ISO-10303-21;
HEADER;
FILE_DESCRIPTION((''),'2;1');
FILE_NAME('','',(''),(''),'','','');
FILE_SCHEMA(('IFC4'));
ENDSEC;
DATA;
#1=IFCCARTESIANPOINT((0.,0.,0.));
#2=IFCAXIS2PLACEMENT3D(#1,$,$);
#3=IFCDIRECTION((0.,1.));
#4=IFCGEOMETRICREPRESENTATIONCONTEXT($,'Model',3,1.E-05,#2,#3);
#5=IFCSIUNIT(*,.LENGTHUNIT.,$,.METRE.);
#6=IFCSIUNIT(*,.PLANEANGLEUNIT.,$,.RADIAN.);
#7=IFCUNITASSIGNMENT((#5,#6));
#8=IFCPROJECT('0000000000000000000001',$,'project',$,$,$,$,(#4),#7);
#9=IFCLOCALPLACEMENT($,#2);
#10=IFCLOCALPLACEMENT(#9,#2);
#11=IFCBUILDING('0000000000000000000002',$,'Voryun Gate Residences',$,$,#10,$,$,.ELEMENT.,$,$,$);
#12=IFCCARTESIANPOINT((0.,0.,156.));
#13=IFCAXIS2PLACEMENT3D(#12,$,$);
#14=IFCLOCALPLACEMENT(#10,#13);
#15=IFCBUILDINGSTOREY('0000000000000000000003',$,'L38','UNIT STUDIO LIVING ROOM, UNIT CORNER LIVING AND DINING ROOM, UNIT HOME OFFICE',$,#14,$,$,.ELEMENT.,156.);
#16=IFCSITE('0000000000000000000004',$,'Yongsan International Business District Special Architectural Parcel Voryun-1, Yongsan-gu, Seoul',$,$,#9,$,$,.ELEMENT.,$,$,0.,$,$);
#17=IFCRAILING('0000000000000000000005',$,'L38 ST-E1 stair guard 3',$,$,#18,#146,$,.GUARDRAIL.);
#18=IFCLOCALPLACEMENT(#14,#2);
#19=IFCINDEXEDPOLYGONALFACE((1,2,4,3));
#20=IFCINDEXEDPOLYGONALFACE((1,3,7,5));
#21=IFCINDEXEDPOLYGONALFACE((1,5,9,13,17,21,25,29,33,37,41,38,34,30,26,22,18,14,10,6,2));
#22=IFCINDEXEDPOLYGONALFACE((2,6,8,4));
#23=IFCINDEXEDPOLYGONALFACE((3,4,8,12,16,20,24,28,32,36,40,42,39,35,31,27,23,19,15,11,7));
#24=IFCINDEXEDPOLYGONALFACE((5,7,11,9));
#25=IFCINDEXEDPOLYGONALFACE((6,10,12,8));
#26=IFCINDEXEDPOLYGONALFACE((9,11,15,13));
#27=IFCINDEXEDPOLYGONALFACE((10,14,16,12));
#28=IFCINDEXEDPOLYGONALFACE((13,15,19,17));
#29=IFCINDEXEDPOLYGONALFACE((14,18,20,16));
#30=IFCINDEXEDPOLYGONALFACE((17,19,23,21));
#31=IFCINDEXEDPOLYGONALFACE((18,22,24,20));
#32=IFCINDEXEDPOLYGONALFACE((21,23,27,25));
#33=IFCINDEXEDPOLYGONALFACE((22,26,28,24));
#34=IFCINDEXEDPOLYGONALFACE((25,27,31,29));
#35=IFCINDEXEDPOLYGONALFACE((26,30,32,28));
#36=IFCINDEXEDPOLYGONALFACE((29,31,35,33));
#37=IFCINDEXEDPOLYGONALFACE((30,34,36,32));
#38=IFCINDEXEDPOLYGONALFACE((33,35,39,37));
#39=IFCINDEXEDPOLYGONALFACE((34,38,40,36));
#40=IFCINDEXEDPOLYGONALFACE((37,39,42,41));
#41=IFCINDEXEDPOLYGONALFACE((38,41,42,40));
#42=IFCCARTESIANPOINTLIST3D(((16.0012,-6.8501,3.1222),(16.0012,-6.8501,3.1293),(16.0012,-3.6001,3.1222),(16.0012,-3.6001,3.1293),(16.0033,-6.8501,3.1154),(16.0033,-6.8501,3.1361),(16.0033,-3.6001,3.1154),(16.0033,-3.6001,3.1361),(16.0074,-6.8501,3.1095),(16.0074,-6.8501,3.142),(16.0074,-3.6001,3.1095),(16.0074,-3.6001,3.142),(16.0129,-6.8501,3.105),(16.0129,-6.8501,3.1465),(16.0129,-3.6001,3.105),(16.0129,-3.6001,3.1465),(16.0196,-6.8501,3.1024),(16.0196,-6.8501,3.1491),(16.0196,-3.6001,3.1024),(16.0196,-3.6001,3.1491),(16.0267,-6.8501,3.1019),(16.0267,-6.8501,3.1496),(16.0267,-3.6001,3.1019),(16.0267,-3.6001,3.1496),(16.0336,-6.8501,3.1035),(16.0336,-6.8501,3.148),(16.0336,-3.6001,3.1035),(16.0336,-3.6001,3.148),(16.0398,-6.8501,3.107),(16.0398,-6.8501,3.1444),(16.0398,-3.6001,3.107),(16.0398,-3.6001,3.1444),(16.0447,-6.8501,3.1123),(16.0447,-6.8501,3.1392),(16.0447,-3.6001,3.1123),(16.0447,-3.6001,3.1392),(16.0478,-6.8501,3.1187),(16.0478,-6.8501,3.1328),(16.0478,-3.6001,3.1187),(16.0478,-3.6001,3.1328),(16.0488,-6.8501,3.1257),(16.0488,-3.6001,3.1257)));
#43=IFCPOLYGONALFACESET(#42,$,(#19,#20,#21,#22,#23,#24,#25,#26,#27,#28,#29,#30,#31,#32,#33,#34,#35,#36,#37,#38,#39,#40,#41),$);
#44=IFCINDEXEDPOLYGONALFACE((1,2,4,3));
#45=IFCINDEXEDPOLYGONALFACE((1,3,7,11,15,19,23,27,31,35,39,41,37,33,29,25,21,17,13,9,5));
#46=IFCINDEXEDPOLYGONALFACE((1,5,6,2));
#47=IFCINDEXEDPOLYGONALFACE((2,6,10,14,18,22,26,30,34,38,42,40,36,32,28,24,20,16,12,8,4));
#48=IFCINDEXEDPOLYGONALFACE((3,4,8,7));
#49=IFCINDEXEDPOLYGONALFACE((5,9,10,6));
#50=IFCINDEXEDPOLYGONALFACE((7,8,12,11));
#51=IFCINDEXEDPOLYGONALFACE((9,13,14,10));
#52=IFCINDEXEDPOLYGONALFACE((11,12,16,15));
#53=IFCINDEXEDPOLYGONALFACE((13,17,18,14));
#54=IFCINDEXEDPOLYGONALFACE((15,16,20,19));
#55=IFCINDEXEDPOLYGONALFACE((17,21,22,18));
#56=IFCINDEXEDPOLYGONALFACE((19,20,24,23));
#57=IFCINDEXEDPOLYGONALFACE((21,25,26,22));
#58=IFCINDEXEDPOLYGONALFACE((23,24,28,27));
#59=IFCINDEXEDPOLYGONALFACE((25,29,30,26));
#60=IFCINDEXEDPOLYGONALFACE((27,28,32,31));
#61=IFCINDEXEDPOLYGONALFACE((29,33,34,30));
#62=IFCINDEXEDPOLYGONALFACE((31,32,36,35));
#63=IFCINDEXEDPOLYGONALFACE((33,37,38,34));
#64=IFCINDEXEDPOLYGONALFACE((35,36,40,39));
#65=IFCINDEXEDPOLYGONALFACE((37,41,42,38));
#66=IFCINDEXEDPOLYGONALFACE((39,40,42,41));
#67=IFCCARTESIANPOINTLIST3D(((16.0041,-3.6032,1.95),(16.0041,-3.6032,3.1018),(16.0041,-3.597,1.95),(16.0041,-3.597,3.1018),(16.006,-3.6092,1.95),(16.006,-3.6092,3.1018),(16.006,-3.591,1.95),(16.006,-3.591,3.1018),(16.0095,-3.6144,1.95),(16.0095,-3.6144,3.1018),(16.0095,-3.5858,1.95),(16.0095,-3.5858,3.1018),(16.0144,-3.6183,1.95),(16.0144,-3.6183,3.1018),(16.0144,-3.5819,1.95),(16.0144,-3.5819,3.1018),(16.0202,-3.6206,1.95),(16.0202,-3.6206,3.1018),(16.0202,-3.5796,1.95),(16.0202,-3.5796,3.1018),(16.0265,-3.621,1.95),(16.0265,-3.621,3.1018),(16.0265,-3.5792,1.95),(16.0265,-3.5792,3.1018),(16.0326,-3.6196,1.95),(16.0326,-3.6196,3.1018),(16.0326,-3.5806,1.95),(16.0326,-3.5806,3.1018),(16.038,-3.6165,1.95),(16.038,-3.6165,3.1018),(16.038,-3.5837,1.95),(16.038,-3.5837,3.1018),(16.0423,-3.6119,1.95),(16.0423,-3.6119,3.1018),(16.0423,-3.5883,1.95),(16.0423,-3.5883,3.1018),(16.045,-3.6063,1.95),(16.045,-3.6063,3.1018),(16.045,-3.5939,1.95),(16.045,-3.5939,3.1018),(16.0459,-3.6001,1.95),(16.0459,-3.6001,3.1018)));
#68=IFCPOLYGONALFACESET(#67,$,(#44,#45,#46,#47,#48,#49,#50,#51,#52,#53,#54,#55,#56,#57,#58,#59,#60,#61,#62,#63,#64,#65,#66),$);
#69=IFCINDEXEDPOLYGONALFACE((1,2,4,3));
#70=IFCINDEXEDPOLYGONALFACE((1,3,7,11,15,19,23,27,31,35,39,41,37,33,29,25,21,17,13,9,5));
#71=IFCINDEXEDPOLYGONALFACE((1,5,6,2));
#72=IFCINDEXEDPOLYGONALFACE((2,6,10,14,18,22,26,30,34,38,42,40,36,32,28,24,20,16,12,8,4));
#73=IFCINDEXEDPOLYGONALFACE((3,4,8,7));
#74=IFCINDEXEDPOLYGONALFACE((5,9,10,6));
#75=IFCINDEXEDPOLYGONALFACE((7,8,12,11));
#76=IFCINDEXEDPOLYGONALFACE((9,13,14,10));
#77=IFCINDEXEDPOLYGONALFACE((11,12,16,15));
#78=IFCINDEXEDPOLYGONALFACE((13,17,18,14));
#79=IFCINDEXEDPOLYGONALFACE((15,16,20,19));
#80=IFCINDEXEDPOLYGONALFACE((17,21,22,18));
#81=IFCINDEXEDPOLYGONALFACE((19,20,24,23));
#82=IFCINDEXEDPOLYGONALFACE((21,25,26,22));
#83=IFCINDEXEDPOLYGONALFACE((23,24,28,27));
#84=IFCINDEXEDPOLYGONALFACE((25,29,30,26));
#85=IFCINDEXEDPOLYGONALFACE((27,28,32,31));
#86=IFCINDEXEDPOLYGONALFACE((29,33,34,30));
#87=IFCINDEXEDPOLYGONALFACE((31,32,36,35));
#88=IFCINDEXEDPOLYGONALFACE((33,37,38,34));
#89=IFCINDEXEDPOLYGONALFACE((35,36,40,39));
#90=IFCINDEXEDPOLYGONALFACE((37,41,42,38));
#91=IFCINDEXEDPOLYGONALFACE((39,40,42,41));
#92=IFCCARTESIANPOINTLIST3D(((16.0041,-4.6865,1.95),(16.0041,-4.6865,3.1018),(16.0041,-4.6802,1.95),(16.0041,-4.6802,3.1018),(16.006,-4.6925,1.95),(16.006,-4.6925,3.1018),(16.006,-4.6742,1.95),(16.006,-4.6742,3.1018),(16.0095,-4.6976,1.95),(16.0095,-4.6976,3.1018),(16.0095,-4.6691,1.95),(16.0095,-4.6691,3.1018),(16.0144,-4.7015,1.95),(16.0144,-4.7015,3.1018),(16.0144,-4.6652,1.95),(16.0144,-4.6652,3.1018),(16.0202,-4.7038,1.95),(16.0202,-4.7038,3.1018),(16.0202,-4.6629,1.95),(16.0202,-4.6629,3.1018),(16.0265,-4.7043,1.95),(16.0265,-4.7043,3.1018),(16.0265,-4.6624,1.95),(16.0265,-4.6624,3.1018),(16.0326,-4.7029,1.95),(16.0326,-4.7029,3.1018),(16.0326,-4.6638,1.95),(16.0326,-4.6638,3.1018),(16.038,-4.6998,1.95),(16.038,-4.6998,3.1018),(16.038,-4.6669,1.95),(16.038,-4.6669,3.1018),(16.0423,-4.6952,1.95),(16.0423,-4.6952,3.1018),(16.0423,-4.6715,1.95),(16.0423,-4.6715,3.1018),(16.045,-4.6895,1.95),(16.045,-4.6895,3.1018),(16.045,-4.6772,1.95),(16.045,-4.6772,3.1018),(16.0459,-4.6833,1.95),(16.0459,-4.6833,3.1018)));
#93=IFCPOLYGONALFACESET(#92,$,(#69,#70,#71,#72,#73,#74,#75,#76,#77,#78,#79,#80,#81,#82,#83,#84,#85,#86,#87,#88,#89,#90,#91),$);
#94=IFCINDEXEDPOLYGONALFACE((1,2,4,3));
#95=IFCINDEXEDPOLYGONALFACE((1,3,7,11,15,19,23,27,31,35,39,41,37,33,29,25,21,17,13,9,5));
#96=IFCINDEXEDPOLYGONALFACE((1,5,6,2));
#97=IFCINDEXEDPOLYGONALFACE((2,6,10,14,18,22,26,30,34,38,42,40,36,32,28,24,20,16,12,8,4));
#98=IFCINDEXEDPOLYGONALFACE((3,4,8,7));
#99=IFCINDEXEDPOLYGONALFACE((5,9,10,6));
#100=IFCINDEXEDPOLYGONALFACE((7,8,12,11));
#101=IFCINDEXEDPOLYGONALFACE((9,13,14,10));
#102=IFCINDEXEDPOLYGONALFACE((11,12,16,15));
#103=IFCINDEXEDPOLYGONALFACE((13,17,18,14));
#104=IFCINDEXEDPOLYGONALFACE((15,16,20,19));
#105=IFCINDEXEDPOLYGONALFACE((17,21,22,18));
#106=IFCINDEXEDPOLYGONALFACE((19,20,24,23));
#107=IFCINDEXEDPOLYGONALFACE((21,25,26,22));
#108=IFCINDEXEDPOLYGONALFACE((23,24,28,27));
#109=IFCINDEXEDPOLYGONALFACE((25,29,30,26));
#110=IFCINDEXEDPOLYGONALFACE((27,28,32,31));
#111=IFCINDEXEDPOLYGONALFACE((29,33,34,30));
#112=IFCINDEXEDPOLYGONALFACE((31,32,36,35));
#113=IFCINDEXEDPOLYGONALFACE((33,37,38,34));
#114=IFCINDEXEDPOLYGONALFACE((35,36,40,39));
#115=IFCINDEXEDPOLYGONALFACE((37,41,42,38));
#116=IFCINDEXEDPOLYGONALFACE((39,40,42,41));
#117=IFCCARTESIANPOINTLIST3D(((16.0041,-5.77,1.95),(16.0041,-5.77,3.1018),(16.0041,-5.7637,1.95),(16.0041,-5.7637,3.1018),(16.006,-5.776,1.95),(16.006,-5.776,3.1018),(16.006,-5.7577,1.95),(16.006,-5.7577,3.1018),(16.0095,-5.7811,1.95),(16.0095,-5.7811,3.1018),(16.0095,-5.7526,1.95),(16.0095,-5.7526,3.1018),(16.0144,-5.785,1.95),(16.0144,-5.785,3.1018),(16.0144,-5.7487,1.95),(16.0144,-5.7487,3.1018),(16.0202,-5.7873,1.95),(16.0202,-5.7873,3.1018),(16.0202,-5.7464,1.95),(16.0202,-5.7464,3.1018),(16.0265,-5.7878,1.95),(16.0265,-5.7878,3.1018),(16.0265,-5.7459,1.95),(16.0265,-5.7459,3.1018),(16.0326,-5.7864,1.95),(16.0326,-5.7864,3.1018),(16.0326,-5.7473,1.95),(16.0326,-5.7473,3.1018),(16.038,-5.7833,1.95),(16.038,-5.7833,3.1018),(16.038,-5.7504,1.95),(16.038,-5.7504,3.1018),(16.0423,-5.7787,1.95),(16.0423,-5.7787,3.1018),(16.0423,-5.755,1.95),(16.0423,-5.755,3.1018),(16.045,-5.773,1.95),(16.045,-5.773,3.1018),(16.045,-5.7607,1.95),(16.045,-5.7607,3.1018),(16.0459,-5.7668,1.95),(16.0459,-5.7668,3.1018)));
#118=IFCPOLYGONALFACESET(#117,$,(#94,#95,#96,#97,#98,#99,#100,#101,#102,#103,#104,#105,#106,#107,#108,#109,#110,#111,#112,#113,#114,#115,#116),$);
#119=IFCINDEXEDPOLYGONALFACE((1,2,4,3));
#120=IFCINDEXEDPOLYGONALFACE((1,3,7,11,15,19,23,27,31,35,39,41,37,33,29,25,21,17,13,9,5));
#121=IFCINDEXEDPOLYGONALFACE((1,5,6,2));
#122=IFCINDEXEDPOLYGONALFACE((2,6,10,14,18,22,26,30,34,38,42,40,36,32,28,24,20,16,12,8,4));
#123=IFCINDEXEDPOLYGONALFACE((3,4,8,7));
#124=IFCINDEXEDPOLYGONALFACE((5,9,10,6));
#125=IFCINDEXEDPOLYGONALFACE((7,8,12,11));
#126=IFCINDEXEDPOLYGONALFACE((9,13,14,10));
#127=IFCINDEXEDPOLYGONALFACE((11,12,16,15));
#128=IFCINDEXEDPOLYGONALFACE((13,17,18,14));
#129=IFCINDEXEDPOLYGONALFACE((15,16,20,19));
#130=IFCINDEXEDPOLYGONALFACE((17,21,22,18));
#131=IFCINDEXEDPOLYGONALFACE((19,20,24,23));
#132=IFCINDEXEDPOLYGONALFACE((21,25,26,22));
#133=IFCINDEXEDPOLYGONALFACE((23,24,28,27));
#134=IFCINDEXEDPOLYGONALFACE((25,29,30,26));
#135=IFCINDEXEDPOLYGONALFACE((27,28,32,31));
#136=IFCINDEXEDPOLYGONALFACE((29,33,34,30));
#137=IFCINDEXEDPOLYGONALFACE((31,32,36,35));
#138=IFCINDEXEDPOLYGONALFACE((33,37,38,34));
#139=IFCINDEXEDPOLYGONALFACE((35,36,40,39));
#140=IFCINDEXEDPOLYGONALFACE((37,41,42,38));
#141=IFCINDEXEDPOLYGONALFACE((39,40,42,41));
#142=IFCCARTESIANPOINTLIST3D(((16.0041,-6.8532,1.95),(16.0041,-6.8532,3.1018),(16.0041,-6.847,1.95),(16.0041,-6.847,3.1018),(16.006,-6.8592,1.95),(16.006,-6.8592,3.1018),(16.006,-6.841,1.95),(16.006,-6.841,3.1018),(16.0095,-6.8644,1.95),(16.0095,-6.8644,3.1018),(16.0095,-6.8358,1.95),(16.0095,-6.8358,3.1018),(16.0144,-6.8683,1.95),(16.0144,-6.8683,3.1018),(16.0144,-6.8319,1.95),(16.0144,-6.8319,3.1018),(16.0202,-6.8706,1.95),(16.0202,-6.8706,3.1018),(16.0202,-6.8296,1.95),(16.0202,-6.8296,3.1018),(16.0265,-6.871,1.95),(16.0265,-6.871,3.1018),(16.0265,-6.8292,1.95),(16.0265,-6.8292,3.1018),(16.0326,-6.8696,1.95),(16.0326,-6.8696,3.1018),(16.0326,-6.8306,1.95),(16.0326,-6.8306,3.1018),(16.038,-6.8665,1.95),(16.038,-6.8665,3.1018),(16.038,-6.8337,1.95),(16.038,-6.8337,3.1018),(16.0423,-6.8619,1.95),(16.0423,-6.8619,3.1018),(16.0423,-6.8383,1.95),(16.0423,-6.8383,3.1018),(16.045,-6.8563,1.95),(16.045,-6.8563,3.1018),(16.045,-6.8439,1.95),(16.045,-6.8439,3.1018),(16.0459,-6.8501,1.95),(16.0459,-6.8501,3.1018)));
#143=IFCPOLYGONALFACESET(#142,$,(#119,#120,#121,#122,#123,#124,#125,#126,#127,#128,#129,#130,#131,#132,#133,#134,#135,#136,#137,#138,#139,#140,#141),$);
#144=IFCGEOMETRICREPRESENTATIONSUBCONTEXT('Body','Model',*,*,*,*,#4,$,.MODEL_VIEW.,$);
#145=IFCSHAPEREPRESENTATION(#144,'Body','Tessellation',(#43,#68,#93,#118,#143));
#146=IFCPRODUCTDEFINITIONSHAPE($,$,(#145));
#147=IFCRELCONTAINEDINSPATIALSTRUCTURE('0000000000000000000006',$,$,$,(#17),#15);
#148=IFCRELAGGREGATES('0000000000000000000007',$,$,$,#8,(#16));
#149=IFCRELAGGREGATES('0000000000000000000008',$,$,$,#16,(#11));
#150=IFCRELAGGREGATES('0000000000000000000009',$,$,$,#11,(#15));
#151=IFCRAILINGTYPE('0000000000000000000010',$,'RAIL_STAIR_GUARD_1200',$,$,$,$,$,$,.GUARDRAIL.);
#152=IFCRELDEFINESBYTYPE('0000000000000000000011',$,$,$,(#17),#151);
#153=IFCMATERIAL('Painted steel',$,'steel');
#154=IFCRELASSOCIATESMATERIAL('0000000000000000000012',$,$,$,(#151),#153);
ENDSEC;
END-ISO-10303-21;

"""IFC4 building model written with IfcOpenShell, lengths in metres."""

from ifc_helpers import new_model, si_unit, direction, frame, origin, origin_2d, place, context, subcontext, project, spatial, circle, extrude, material, type_object, element, save


model = new_model("IFC4")

# Units and contexts
model_context = context("Model", 3, precision=1e-05, world=origin(), true_north=direction((0.0, 1.0)))
body_context = subcontext(model_context, "Body", "Model", "MODEL_VIEW")
ifc_project = project(units=[si_unit("LENGTHUNIT", "METRE"), si_unit("PLANEANGLEUNIT", "RADIAN")], contexts=[model_context])

# Site, building, storey
site_placement = place(None, origin())
site = spatial("IfcSite", under=ifc_project, at=site_placement, Name="Yongsan International Business District Special Architectural Parcel Voryun-1, Yongsan-gu, Seoul", CompositionType="ELEMENT", RefElevation=0.0)
building_placement = place(site_placement, origin())
building = spatial("IfcBuilding", under=site, at=building_placement, Name="Voryun Gate Residences", CompositionType="ELEMENT")
storey_placement = place(building_placement, frame((0.0, 0.0, 156.0)))
storey = spatial("IfcBuildingStorey", under=building, at=storey_placement, Name="L38", Description="UNIT STUDIO LIVING ROOM, UNIT CORNER LIVING AND DINING ROOM, UNIT HOME OFFICE", CompositionType="ELEMENT", Elevation=156.0)

# Railing
ifc_material_1 = material(Name="Painted steel", Category="steel")
railing_type_1 = type_object("IfcRailingType", Name="RAIL_STAIR_GUARD_1200", PredefinedType="GUARDRAIL", material=ifc_material_1)
for number, where, name in (
    (1, (16.0249, -3.6001, 1.95), "L38 ST-E1 stair guard 3"),
):
    element("IfcRailing", number, at=place(storey_placement, frame(where)), inside=storey, type_object=railing_type_1, Name=name, PredefinedType="GUARDRAIL", context=body_context, shape_type="SweptSolid", body=[
        extrude(circle(Radius=0.0239, at=origin_2d()), frame((0.0, 0.0, 1.1758), z_axis=(0.0, -1.0, 0.0), x_axis=(1.0, 0.0, 0.0)), (0.0, 0.0, 1.0), 3.25),
        extrude(circle(Radius=0.021, at=origin_2d()), origin(), (0.0, 0.0, 1.0), 1.1519),
        extrude(circle(Radius=0.021, at=origin_2d()), frame((0.0, -1.0833, 0.0)), (0.0, 0.0, 1.0), 1.1519),
        extrude(circle(Radius=0.021, at=origin_2d()), frame((0.0, -2.1667, 0.0)), (0.0, 0.0, 1.0), 1.1519),
        extrude(circle(Radius=0.021, at=origin_2d()), frame((0.0, -3.25, 0.0)), (0.0, 0.0, 1.0), 1.1519),
    ])

save(model, "model.ifc")
